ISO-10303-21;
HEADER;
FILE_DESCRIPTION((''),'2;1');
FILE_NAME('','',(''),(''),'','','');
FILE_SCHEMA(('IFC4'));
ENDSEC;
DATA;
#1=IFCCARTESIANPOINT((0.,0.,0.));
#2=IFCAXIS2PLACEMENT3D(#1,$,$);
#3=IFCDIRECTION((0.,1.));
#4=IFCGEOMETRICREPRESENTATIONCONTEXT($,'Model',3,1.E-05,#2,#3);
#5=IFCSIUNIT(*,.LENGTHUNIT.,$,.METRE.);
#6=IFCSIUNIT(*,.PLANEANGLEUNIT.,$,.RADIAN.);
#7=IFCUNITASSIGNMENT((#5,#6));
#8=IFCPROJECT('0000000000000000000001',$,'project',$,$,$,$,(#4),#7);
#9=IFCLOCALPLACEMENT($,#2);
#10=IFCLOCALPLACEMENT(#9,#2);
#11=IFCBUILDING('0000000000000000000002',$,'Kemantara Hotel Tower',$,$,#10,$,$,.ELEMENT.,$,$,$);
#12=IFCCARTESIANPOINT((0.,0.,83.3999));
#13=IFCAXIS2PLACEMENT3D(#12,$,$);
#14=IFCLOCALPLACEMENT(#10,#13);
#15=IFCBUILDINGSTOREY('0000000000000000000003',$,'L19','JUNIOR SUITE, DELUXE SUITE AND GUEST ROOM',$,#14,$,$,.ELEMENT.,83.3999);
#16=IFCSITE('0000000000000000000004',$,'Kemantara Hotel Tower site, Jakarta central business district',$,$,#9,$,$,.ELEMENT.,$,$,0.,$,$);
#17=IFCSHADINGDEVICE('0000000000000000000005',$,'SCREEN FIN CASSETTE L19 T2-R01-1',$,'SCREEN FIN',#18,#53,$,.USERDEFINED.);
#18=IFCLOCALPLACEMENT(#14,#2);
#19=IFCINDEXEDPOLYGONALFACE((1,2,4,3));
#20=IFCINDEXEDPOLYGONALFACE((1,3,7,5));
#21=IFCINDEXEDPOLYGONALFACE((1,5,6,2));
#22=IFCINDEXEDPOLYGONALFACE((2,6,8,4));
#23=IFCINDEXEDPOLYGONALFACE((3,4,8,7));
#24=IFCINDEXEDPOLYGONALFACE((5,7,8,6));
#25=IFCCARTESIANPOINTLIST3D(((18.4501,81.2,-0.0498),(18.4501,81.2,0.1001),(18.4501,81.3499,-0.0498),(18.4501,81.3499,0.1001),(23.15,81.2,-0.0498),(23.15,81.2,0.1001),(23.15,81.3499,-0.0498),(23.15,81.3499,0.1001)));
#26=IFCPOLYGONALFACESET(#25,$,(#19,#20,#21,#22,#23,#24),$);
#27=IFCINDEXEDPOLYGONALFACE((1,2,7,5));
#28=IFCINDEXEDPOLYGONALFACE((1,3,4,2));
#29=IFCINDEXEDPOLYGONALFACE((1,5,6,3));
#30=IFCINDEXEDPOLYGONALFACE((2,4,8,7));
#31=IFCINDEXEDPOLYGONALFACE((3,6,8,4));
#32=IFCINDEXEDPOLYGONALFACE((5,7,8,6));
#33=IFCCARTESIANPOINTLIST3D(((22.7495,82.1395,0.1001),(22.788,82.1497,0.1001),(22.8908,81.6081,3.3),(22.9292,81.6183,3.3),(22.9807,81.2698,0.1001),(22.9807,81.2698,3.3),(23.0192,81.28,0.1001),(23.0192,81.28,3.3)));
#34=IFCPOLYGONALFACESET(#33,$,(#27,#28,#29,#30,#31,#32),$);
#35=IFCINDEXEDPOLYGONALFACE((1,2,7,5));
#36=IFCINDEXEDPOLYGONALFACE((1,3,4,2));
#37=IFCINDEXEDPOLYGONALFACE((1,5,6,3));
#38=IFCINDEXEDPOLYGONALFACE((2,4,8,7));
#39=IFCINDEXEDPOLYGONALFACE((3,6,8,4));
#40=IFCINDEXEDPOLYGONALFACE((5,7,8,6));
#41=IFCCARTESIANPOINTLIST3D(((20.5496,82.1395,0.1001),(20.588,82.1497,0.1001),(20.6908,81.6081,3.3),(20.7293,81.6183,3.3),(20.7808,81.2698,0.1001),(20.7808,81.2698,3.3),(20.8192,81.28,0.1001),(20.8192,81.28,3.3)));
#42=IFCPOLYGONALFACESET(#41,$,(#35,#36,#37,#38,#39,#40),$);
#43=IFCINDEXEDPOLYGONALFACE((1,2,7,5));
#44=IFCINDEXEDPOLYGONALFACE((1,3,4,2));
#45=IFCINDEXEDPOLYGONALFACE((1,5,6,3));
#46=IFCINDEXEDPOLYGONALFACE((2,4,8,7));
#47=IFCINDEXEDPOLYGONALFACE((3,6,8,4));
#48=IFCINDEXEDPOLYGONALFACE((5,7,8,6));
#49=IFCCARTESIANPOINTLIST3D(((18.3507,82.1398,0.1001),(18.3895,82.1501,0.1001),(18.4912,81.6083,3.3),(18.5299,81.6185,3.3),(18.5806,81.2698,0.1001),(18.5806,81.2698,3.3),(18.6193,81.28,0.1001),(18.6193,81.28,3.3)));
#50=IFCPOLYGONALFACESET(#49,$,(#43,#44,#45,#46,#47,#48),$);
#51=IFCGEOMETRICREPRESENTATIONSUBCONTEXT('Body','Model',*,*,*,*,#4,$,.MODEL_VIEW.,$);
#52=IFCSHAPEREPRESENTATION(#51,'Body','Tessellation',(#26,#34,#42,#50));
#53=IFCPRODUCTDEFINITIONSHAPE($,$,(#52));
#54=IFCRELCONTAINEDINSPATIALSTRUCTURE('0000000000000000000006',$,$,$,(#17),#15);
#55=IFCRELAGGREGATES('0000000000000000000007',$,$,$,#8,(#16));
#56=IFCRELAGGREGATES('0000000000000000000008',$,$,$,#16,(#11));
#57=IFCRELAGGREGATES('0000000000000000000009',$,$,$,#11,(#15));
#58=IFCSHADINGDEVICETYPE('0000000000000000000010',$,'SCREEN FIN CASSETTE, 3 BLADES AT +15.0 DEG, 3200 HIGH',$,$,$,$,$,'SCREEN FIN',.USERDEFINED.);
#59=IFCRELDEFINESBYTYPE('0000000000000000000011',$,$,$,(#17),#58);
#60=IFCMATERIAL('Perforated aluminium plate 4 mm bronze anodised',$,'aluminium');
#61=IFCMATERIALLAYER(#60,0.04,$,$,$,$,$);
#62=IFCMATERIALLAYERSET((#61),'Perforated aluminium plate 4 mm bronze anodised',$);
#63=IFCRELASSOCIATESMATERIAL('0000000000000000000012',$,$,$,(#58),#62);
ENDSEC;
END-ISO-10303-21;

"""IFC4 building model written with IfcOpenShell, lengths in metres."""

from ifc_helpers import new_model, si_unit, direction, frame, origin, origin_2d, place, context, subcontext, project, spatial, polyline, rectangle, outline, extrude, source, transform, mapped, material, layer, layer_set, type_object, element, save


model = new_model("IFC4")

# Units and contexts
model_context = context("Model", 3, precision=1e-05, world=origin(), true_north=direction((0.0, 1.0)))
body_context = subcontext(model_context, "Body", "Model", "MODEL_VIEW")
ifc_project = project(units=[si_unit("LENGTHUNIT", "METRE"), si_unit("PLANEANGLEUNIT", "RADIAN")], contexts=[model_context])

# Site, building, storey
site_placement = place(None, origin())
site = spatial("IfcSite", under=ifc_project, at=site_placement, Name="Kemantara Hotel Tower site, Jakarta central business district", CompositionType="ELEMENT", RefElevation=0.0)
building_placement = place(site_placement, origin())
building = spatial("IfcBuilding", under=site, at=building_placement, Name="Kemantara Hotel Tower", CompositionType="ELEMENT")
storey_placement = place(building_placement, frame((0.0, 0.0, 83.3999)))
storey = spatial("IfcBuildingStorey", under=building, at=storey_placement, Name="L19", Description="JUNIOR SUITE, DELUXE SUITE AND GUEST ROOM", CompositionType="ELEMENT", Elevation=83.3999)

# Shading device
ifc_material_1 = material(Name="Perforated aluminium plate 4 mm bronze anodised", Category="aluminium")
ifc_layer_1 = layer(ifc_material_1, 0.04)
ifc_layer_set_1 = layer_set([ifc_layer_1], Name="Perforated aluminium plate 4 mm bronze anodised")
shading_device_type_1 = type_object("IfcShadingDeviceType", Name="SCREEN FIN CASSETTE, 3 BLADES AT +15.0 DEG, 3200 HIGH", ElementType="SCREEN FIN", PredefinedType="USERDEFINED", material=ifc_layer_set_1)
shared_shape_1 = source(origin(), body_context, "Body", "SweptSolid", [
    extrude(rectangle(XDim=4.7, YDim=0.1499, at=origin_2d()), frame((2.2, -0.075, -0.1499), z_axis=(0.0, 0.0, 1.0), x_axis=(1.0, 0.0, 0.0)), (0.0, 0.0, 1.0), 0.1499),
    extrude(outline(polyline([(0.0, 0.0), (0.8999, 0.0), (0.3501, 3.2), (0.0, 3.2), (0.0, 0.0)])), frame((0.0193, -0.0698, 0.0), z_axis=(-0.966438, -0.256901, 0.0), x_axis=(0.256901, -0.966438, 0.0)), (0.0, 0.0, 1.0), 0.0398),
    extrude(outline(polyline([(0.0, 0.0), (0.8999, 0.0), (0.3501, 3.2), (0.0, 3.2), (0.0, 0.0)])), frame((2.2192, -0.0698, 0.0), z_axis=(-0.966438, -0.256901, 0.0), x_axis=(0.256901, -0.966438, 0.0)), (0.0, 0.0, 1.0), 0.0398),
    extrude(outline(polyline([(0.0, 0.0), (0.8999, 0.0), (0.3501, 3.2), (0.0, 3.2), (0.0, 0.0)])), frame((4.4194, -0.0698, 0.0), z_axis=(-0.966838, -0.255391, 0.0), x_axis=(0.255391, -0.966838, 0.0)), (0.0, 0.0, 1.0), 0.04),
])
shading_device_1_placement = place(storey_placement, frame((23.0, 81.2, 0.1001), z_axis=(0.0, 0.0, 1.0), x_axis=(-1.0, 0.0, 0.0)))
element("IfcShadingDevice", 1, at=shading_device_1_placement, inside=storey, type_object=shading_device_type_1, Name="SCREEN FIN CASSETTE L19 T2-R01-1", ObjectType="SCREEN FIN", PredefinedType="USERDEFINED", context=body_context, shape_type="MappedRepresentation", body=[
    mapped(shared_shape_1, transform((0.0, 0.0, 0.0))),
])

save(model, "model.ifc")
